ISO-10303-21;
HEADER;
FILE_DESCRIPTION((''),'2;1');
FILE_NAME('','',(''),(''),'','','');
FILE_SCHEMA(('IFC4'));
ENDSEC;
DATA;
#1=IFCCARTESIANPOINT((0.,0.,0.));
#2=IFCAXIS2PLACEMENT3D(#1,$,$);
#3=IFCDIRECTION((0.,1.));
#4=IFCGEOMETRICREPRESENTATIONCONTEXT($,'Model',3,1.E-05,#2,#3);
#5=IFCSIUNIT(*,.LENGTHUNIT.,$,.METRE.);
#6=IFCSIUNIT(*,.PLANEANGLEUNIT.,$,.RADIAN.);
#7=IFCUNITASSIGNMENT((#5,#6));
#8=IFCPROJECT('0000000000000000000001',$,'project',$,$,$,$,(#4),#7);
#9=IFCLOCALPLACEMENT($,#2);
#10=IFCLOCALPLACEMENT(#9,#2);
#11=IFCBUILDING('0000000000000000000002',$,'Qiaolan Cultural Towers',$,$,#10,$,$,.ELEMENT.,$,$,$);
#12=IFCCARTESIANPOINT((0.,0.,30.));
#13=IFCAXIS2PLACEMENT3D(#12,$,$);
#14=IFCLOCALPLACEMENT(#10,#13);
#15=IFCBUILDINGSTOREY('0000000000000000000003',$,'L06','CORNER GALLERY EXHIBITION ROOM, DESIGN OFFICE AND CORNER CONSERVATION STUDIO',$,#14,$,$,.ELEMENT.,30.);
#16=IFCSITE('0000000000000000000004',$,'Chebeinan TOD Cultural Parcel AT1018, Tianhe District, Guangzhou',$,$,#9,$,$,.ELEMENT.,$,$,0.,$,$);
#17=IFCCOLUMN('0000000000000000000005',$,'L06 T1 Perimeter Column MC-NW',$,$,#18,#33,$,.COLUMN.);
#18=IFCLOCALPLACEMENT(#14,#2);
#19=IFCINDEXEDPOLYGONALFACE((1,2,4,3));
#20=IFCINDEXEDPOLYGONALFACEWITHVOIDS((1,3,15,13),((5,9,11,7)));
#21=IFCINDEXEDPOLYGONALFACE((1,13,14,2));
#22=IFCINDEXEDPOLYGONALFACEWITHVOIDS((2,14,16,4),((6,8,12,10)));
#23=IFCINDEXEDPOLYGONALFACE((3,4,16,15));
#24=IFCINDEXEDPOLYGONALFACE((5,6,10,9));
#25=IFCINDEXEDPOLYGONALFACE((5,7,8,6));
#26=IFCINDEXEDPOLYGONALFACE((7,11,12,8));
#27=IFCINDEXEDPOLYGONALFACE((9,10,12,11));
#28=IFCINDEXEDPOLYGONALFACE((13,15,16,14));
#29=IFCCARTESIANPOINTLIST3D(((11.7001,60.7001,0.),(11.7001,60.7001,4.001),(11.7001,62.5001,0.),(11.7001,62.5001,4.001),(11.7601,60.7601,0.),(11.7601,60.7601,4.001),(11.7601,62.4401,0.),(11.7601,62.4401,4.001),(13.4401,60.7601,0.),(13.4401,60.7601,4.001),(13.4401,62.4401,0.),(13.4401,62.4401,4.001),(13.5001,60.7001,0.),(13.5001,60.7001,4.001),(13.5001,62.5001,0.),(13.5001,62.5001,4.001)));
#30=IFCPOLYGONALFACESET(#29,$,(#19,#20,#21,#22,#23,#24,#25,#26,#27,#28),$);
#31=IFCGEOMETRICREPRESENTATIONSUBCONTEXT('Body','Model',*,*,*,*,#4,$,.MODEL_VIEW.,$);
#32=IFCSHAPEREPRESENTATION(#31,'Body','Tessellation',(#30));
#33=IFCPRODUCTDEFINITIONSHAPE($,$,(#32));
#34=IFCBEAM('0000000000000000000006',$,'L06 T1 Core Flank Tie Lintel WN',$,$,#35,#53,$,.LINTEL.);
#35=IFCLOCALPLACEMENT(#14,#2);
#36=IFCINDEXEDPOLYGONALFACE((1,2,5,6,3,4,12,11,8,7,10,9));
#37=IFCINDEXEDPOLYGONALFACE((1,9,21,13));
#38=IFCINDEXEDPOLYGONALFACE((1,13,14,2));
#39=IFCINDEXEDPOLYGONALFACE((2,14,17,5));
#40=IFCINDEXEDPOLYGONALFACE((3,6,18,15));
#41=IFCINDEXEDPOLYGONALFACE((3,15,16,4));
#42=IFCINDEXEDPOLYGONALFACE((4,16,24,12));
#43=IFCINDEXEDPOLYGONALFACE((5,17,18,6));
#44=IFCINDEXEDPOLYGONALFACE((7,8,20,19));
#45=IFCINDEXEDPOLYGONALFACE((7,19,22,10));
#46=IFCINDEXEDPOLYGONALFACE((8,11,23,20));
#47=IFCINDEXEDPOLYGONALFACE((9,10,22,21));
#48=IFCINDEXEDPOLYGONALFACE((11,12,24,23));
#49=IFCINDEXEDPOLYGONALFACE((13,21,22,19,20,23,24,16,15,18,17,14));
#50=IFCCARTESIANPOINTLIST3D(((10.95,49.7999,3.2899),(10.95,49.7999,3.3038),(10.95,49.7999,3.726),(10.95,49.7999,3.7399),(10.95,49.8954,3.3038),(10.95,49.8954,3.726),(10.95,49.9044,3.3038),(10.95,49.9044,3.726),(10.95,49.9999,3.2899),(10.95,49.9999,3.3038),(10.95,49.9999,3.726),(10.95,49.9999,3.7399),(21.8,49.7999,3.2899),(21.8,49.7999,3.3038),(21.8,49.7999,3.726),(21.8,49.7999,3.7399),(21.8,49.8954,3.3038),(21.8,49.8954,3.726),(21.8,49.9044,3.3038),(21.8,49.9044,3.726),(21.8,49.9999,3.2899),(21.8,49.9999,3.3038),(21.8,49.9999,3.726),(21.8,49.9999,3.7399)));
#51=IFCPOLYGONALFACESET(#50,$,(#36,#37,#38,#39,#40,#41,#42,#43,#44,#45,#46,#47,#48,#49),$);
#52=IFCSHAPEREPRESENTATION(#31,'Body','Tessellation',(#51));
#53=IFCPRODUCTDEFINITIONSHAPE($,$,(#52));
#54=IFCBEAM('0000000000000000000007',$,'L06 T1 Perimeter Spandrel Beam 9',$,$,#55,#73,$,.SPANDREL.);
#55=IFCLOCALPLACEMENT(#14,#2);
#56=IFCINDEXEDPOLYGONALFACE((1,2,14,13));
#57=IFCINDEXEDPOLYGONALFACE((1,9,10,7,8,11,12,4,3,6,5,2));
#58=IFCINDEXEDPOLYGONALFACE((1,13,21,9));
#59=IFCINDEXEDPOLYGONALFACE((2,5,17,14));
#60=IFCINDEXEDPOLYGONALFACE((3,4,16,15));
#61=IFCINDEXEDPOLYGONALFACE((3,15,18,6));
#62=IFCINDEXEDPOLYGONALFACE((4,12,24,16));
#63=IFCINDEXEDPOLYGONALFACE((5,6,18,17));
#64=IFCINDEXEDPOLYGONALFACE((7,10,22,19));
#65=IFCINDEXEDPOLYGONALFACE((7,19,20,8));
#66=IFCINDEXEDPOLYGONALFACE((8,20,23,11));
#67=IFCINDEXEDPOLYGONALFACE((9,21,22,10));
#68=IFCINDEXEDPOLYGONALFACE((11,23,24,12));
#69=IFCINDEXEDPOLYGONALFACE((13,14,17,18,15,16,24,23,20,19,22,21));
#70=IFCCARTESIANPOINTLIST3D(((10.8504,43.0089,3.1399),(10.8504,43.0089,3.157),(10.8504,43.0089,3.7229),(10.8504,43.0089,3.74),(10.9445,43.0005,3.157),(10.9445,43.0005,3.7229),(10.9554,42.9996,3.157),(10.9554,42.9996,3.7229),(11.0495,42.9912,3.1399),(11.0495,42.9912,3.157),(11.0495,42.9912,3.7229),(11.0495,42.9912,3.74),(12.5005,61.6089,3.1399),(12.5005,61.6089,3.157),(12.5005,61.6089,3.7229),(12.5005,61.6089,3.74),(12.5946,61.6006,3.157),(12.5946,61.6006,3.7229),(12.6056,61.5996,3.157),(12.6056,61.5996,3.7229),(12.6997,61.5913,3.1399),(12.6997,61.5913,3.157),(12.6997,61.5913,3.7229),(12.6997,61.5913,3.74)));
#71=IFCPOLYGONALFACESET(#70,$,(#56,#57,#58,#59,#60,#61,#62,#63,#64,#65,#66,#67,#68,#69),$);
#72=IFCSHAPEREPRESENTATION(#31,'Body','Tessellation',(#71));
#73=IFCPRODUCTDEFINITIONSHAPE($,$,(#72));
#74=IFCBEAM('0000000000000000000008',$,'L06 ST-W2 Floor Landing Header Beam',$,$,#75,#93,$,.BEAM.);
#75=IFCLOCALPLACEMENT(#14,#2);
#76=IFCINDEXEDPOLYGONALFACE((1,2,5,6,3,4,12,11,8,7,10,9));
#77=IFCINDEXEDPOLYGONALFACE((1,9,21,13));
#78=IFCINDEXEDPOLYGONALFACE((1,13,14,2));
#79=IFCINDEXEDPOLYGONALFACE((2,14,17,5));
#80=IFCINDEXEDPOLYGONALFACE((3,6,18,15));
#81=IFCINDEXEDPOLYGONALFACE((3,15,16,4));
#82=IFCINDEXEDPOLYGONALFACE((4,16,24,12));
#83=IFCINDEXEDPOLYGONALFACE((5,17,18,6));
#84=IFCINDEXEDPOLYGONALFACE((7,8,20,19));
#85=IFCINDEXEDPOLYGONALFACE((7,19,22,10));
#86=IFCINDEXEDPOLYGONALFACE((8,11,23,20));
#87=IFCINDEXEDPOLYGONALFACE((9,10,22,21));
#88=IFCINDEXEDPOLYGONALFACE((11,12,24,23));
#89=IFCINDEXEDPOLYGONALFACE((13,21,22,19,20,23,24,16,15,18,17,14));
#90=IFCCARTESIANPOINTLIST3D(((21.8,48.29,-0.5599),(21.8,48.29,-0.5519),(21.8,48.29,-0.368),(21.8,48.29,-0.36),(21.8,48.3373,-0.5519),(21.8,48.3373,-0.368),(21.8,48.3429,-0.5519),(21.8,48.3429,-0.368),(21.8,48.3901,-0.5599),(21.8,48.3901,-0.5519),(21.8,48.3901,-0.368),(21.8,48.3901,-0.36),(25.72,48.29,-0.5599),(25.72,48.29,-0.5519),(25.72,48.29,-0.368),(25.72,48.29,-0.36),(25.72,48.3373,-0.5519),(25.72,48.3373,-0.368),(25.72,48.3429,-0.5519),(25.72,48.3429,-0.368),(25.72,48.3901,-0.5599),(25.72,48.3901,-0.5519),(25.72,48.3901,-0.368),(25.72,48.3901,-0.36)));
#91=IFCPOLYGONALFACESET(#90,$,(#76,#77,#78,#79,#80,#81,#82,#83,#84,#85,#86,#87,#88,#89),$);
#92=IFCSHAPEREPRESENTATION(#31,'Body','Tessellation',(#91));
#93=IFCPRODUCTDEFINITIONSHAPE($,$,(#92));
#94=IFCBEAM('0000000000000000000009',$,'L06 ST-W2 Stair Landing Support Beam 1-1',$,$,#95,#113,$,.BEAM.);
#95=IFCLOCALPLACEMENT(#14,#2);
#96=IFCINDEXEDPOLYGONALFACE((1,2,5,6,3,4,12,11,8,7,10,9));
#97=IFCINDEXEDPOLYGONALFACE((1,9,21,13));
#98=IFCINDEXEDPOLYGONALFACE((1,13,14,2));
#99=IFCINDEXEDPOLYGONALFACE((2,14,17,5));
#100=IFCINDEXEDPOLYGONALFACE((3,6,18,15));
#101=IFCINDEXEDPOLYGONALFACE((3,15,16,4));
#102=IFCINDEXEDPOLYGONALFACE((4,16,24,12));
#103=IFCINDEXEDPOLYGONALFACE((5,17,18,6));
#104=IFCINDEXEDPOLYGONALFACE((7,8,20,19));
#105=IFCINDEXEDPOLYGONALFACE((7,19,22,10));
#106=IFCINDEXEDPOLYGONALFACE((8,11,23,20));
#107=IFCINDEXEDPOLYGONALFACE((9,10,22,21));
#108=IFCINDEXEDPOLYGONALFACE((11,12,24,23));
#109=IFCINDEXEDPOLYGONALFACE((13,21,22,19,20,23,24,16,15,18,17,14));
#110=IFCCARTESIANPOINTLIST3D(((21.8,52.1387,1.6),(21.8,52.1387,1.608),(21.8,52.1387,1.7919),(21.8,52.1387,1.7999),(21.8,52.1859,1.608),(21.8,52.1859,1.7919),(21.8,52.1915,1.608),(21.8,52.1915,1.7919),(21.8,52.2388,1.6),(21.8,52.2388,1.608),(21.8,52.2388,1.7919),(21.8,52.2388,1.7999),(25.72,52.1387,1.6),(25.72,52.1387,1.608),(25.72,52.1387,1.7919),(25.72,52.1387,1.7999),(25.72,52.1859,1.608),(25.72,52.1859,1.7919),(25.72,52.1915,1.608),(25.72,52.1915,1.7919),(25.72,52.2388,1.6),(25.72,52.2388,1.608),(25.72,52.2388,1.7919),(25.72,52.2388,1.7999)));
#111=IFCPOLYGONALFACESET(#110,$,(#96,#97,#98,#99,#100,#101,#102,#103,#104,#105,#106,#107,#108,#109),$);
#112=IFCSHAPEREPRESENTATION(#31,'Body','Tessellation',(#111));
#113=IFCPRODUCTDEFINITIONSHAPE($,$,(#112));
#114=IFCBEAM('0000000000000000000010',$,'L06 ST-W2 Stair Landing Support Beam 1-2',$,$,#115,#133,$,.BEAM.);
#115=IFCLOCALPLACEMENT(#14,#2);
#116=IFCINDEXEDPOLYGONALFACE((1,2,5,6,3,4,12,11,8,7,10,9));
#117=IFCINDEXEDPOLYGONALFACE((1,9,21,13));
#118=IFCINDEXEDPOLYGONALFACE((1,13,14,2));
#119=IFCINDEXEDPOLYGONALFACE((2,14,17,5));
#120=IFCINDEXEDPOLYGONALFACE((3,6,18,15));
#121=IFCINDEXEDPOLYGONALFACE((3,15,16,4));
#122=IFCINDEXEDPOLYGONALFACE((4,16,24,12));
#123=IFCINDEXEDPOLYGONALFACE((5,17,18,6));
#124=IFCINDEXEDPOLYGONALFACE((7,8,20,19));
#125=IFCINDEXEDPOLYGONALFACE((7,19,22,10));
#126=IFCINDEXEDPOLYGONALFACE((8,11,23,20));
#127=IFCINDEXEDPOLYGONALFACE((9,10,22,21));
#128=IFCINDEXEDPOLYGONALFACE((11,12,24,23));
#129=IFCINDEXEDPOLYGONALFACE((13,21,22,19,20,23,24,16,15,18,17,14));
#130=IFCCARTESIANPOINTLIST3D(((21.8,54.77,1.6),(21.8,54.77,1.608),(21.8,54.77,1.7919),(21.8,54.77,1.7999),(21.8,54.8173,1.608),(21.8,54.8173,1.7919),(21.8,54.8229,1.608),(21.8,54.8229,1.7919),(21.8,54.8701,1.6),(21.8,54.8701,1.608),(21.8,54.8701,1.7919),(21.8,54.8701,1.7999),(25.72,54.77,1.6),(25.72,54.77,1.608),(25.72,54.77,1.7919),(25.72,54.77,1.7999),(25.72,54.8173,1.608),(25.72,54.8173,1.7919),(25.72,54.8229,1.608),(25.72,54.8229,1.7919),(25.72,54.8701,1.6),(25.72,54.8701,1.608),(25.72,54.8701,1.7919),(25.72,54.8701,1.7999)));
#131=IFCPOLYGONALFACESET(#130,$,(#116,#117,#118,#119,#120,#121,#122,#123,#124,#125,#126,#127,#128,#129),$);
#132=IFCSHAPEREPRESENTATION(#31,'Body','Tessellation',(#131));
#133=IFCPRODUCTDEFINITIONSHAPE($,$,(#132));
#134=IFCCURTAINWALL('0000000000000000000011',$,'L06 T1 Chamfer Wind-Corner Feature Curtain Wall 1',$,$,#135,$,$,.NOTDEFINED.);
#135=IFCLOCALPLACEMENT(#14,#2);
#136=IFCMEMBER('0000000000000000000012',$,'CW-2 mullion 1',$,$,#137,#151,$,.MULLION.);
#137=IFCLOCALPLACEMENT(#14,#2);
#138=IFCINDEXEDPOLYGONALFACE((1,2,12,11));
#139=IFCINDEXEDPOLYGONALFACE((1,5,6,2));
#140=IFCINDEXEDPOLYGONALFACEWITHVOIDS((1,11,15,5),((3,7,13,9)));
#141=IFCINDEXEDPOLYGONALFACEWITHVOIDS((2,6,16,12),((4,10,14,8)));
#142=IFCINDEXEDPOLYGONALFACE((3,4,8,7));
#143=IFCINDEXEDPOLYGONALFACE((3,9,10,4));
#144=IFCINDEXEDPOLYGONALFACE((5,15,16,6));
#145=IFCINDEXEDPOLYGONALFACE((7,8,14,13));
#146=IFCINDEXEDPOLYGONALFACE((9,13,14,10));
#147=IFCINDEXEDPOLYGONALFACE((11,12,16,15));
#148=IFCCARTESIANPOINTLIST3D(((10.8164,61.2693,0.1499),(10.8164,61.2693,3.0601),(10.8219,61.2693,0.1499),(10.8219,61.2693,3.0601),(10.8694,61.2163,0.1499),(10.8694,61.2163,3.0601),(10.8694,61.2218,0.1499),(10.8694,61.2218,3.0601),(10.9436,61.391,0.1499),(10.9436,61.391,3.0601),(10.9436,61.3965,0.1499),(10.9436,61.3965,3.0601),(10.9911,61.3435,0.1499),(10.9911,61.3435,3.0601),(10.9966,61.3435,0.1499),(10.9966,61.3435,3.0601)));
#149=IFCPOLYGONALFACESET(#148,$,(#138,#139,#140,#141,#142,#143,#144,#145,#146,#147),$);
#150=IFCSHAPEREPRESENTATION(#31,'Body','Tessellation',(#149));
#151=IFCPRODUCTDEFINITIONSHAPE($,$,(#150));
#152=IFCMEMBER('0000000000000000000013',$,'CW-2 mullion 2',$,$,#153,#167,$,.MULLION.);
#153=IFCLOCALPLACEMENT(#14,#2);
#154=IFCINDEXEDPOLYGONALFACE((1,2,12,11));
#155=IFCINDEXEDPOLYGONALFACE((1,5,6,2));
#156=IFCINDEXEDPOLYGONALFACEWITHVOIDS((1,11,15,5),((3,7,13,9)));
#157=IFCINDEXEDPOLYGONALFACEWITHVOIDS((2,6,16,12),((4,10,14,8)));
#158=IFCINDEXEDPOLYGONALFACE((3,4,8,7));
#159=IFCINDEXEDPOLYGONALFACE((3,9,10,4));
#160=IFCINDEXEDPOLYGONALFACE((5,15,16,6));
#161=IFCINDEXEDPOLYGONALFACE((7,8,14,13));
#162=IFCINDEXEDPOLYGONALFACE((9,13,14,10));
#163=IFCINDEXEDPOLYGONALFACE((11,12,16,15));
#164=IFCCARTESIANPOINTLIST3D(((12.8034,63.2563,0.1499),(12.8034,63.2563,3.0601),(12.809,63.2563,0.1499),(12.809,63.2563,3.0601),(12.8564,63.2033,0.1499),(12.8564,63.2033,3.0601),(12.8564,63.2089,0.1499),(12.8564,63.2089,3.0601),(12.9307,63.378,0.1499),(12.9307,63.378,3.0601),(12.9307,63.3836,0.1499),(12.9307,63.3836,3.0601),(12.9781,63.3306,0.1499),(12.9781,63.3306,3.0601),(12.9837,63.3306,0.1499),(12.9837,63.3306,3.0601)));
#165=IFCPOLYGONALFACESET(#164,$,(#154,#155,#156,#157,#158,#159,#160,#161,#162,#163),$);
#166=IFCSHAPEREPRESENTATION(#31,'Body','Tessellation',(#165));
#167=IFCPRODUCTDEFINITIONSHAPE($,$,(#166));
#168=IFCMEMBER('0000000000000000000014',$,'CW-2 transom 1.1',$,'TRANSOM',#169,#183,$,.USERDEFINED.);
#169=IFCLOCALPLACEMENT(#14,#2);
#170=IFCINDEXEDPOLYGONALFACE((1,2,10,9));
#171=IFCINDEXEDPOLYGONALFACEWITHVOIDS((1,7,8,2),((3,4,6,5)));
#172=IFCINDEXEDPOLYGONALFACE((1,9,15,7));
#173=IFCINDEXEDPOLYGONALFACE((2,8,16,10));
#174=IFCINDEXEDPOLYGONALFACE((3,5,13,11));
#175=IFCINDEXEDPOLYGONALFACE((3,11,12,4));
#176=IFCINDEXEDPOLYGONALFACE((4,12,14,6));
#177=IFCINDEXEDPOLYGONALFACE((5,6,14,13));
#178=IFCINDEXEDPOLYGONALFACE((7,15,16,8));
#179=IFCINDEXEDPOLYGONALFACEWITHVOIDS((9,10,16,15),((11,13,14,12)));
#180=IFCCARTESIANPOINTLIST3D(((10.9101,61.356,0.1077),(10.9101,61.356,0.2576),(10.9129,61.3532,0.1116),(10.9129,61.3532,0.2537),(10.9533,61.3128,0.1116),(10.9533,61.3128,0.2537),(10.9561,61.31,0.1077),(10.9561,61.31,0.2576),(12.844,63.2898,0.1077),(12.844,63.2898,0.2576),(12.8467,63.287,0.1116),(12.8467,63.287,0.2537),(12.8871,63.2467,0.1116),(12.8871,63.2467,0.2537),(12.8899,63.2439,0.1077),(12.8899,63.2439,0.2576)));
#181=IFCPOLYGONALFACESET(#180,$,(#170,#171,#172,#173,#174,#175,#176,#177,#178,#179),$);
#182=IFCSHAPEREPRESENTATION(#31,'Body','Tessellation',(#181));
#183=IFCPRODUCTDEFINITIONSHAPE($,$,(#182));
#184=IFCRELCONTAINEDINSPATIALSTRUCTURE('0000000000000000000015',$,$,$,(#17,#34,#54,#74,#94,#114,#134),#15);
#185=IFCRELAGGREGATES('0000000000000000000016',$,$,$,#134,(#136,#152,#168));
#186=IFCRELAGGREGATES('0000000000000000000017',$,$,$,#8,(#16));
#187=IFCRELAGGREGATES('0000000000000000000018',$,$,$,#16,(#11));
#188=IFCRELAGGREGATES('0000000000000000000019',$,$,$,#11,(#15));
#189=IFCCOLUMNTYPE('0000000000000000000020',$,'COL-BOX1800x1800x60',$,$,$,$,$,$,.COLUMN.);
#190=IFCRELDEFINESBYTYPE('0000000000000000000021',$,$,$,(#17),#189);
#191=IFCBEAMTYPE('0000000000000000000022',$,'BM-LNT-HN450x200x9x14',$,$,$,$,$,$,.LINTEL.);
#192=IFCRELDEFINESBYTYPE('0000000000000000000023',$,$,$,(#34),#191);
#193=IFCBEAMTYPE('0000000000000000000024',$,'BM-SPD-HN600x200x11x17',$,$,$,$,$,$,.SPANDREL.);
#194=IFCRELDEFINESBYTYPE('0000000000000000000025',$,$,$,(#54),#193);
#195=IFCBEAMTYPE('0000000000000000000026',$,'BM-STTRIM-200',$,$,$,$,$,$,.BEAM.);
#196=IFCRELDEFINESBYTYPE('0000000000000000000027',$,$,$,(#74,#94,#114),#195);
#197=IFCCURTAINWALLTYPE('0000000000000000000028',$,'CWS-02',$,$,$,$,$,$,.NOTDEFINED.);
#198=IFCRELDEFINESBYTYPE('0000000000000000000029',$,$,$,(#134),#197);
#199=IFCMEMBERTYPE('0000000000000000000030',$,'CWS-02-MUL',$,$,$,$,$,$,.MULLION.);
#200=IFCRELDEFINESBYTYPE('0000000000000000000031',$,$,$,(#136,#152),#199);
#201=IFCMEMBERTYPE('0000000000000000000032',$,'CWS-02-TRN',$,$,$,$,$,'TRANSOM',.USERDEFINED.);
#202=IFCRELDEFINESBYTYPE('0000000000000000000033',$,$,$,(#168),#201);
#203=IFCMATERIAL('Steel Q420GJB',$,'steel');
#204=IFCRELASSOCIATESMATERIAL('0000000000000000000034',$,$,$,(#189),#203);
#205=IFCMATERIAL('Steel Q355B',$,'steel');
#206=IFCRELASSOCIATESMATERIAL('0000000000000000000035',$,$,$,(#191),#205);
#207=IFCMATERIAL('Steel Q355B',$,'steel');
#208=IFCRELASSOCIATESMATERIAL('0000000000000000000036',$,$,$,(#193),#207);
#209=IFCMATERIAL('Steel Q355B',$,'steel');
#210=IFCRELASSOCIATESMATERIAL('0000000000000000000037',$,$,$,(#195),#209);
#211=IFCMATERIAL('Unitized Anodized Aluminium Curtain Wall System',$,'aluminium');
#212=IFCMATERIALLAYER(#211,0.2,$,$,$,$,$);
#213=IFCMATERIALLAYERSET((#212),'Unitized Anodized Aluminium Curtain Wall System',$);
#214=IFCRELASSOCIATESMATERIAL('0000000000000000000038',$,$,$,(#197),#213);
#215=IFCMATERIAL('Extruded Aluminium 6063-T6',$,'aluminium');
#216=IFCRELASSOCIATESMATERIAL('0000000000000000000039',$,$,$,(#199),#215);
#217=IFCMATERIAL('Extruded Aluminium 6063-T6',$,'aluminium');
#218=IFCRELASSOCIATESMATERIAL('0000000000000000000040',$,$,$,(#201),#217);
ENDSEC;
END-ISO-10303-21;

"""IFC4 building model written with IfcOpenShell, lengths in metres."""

from ifc_helpers import new_model, si_unit, direction, frame, origin, origin_2d, place, context, subcontext, project, spatial, hollow_rectangle, i_section, extrude, material, layer, layer_set, material_profile, profile_set, type_object, element, aggregate, save


model = new_model("IFC4")

# Units and contexts
model_context = context("Model", 3, precision=1e-05, world=origin(), true_north=direction((0.0, 1.0)))
body_context = subcontext(model_context, "Body", "Model", "MODEL_VIEW")
ifc_project = project(units=[si_unit("LENGTHUNIT", "METRE"), si_unit("PLANEANGLEUNIT", "RADIAN")], contexts=[model_context])

# Site, building, storey
site_placement = place(None, origin())
site = spatial("IfcSite", under=ifc_project, at=site_placement, Name="Chebeinan TOD Cultural Parcel AT1018, Tianhe District, Guangzhou", CompositionType="ELEMENT", RefElevation=0.0)
building_placement = place(site_placement, origin())
building = spatial("IfcBuilding", under=site, at=building_placement, Name="Qiaolan Cultural Towers", CompositionType="ELEMENT")
storey_placement = place(building_placement, frame((0.0, 0.0, 30.0)))
storey = spatial("IfcBuildingStorey", under=building, at=storey_placement, Name="L06", Description="CORNER GALLERY EXHIBITION ROOM, DESIGN OFFICE AND CORNER CONSERVATION STUDIO", CompositionType="ELEMENT", Elevation=30.0)

# Column
ifc_material_1 = material(Name="Steel Q420GJB", Category="steel")
ifc_material_profile_1 = material_profile(ifc_material_1, hollow_rectangle(XDim=1.8, YDim=1.8, WallThickness=0.0601, at=origin_2d()), Name="BOX1800x1800x60")
ifc_profile_set_1 = profile_set([ifc_material_profile_1], Name="Steel Q420GJB")
column_type = type_object("IfcColumnType", Name="COL-BOX1800x1800x60", PredefinedType="COLUMN", material=ifc_profile_set_1)
column_placement = place(storey_placement, frame((12.6001, 61.6001, 0.0), z_axis=(0.0, 0.0, 1.0), x_axis=(1.0, 0.0, 0.0)))
element("IfcColumn", 1, at=column_placement, inside=storey, type_object=column_type, Name="L06 T1 Perimeter Column MC-NW", PredefinedType="COLUMN", context=body_context, shape_type="SweptSolid", body=[
    extrude(hollow_rectangle(XDim=1.8, YDim=1.8, WallThickness=0.0601, at=origin_2d()), origin(), (0.0, 0.0, 1.0), 4.001),
])

# Beams
ifc_material_2 = material(Name="Steel Q355B", Category="steel")
ifc_material_profile_2 = material_profile(ifc_material_2, i_section(OverallWidth=0.2, OverallDepth=0.45, WebThickness=0.009, FlangeThickness=0.0139, at=origin_2d()), Name="HN450x200x9x14")
ifc_profile_set_2 = profile_set([ifc_material_profile_2], Name="Steel Q355B")
beam_type_1 = type_object("IfcBeamType", Name="BM-LNT-HN450x200x9x14", PredefinedType="LINTEL", material=ifc_profile_set_2)
beam_1_placement = place(storey_placement, frame((21.8, 49.8999, 3.5149), z_axis=(-1.0, 0.0, 0.0), x_axis=(0.0, -1.0, 0.0)))
element("IfcBeam", 2, at=beam_1_placement, inside=storey, type_object=beam_type_1, Name="L06 T1 Core Flank Tie Lintel WN", PredefinedType="LINTEL", context=body_context, shape_type="SweptSolid", body=[
    extrude(i_section(OverallWidth=0.2, OverallDepth=0.45, WebThickness=0.009, FlangeThickness=0.0139, at=origin_2d()), origin(), (0.0, 0.0, 1.0), 10.8501),
])
ifc_material_3 = material(Name="Steel Q355B", Category="steel")
ifc_material_profile_3 = material_profile(ifc_material_3, i_section(OverallWidth=0.2, OverallDepth=0.6001, WebThickness=0.011, FlangeThickness=0.0171, at=origin_2d()), Name="HN600x200x11x17")
ifc_profile_set_3 = profile_set([ifc_material_profile_3], Name="Steel Q355B")
beam_type_2 = type_object("IfcBeamType", Name="BM-SPD-HN600x200x11x17", PredefinedType="SPANDREL", material=ifc_profile_set_3)
beam_2_placement = place(storey_placement, frame((12.6001, 61.6001, 3.4399), z_axis=(-0.08837, -0.996088, 0.0), x_axis=(0.996088, -0.08837, 0.0)))
element("IfcBeam", 3, at=beam_2_placement, inside=storey, type_object=beam_type_2, Name="L06 T1 Perimeter Spandrel Beam 9", PredefinedType="SPANDREL", context=body_context, shape_type="SweptSolid", body=[
    extrude(i_section(OverallWidth=0.2, OverallDepth=0.6001, WebThickness=0.011, FlangeThickness=0.0171, at=origin_2d()), origin(), (0.0, 0.0, 1.0), 18.6731),
])
ifc_material_4 = material(Name="Steel Q355B", Category="steel")
ifc_material_profile_4 = material_profile(ifc_material_4, i_section(OverallWidth=0.1001, OverallDepth=0.2, WebThickness=0.0056, FlangeThickness=0.0081, at=origin_2d()), Name="HN200x100x5.5x8")
ifc_profile_set_4 = profile_set([ifc_material_profile_4], Name="Steel Q355B")
beam_type_3 = type_object("IfcBeamType", Name="BM-STTRIM-200", PredefinedType="BEAM", material=ifc_profile_set_4)
for number, where, z_axis, x_axis, name in (
    (4, (21.8, 48.3401, -0.46), (1.0, 0.0, 0.0), (0.0, 1.0, 0.0), "L06 ST-W2 Floor Landing Header Beam"),
    (5, (21.8, 52.1887, 1.7), (1.0, 0.0, 0.0), (0.0, 1.0, 0.0), "L06 ST-W2 Stair Landing Support Beam 1-1"),
    (6, (21.8, 54.8201, 1.7), (1.0, 0.0, 0.0), (0.0, 1.0, 0.0), "L06 ST-W2 Stair Landing Support Beam 1-2"),
):
    element("IfcBeam", number, at=place(storey_placement, frame(where, z_axis=z_axis, x_axis=x_axis)), inside=storey, type_object=beam_type_3, Name=name, PredefinedType="BEAM", context=body_context, shape_type="SweptSolid", body=[
        extrude(i_section(OverallWidth=0.1001, OverallDepth=0.2, WebThickness=0.0056, FlangeThickness=0.0081, at=origin_2d()), origin(), (0.0, 0.0, 1.0), 3.9199),
    ])

# Curtain wall, members
ifc_material_5 = material(Name="Unitized Anodized Aluminium Curtain Wall System", Category="aluminium")
ifc_layer_1 = layer(ifc_material_5, 0.2)
ifc_layer_set_1 = layer_set([ifc_layer_1], Name="Unitized Anodized Aluminium Curtain Wall System")
curtain_wall_type = type_object("IfcCurtainWallType", Name="CWS-02", PredefinedType="NOTDEFINED", material=ifc_layer_set_1)
curtain_wall_placement = place(storey_placement, origin())
curtain_wall = element("IfcCurtainWall", 7, at=curtain_wall_placement, inside=storey, type_object=curtain_wall_type, Name="L06 T1 Chamfer Wind-Corner Feature Curtain Wall 1", PredefinedType="NOTDEFINED")
ifc_material_6 = material(Name="Extruded Aluminium 6063-T6", Category="aluminium")
ifc_material_profile_5 = material_profile(ifc_material_6, hollow_rectangle(XDim=0.075, YDim=0.1799, WallThickness=0.0039, at=origin_2d()), Name="CWM-180x75x4")
ifc_profile_set_5 = profile_set([ifc_material_profile_5], Name="Extruded Aluminium 6063-T6")
member_type_1 = type_object("IfcMemberType", Name="CWS-02-MUL", PredefinedType="MULLION", material=ifc_profile_set_5)
member_1_placement = place(storey_placement, frame((10.9065, 61.3064, 0.1499), z_axis=(0.0, 0.0, 1.0), x_axis=(-0.707107, 0.707107, 0.0)))
member_1 = element("IfcMember", 8, at=member_1_placement, type_object=member_type_1, Name="CW-2 mullion 1", PredefinedType="MULLION", context=body_context, shape_type="SweptSolid", body=[
    extrude(hollow_rectangle(XDim=0.075, YDim=0.1799, WallThickness=0.0039, at=origin_2d()), origin(), (0.0, 0.0, 1.0), 2.9102),
])
member_2_placement = place(storey_placement, frame((12.8936, 63.2935, 0.1499), z_axis=(0.0, 0.0, 1.0), x_axis=(-0.707107, 0.707107, 0.0)))
member_2 = element("IfcMember", 9, at=member_2_placement, type_object=member_type_1, Name="CW-2 mullion 2", PredefinedType="MULLION", context=body_context, shape_type="SweptSolid", body=[
    extrude(hollow_rectangle(XDim=0.075, YDim=0.1799, WallThickness=0.0039, at=origin_2d()), origin(), (0.0, 0.0, 1.0), 2.9102),
])
ifc_material_7 = material(Name="Extruded Aluminium 6063-T6", Category="aluminium")
ifc_material_profile_6 = material_profile(ifc_material_7, hollow_rectangle(XDim=0.0649, YDim=0.1499, WallThickness=0.0039, at=origin_2d()), Name="CWT-150x65x4")
ifc_profile_set_6 = profile_set([ifc_material_profile_6], Name="Extruded Aluminium 6063-T6")
member_type_2 = type_object("IfcMemberType", Name="CWS-02-TRN", ElementType="TRANSOM", PredefinedType="USERDEFINED", material=ifc_profile_set_6)
member_3_placement = place(storey_placement, frame((10.9331, 61.333, 0.1826), z_axis=(0.707107, 0.707107, 0.0), x_axis=(-0.707107, 0.707107, 0.0)))
member_3 = element("IfcMember", 10, at=member_3_placement, type_object=member_type_2, Name="CW-2 transom 1.1", ObjectType="TRANSOM", PredefinedType="USERDEFINED", context=body_context, shape_type="SweptSolid", body=[
    extrude(hollow_rectangle(XDim=0.0649, YDim=0.1499, WallThickness=0.0039, at=origin_2d()), origin(), (0.0, 0.0, 1.0), 2.7349),
])
aggregate(curtain_wall, [member_1, member_2, member_3])

save(model, "model.ifc")
